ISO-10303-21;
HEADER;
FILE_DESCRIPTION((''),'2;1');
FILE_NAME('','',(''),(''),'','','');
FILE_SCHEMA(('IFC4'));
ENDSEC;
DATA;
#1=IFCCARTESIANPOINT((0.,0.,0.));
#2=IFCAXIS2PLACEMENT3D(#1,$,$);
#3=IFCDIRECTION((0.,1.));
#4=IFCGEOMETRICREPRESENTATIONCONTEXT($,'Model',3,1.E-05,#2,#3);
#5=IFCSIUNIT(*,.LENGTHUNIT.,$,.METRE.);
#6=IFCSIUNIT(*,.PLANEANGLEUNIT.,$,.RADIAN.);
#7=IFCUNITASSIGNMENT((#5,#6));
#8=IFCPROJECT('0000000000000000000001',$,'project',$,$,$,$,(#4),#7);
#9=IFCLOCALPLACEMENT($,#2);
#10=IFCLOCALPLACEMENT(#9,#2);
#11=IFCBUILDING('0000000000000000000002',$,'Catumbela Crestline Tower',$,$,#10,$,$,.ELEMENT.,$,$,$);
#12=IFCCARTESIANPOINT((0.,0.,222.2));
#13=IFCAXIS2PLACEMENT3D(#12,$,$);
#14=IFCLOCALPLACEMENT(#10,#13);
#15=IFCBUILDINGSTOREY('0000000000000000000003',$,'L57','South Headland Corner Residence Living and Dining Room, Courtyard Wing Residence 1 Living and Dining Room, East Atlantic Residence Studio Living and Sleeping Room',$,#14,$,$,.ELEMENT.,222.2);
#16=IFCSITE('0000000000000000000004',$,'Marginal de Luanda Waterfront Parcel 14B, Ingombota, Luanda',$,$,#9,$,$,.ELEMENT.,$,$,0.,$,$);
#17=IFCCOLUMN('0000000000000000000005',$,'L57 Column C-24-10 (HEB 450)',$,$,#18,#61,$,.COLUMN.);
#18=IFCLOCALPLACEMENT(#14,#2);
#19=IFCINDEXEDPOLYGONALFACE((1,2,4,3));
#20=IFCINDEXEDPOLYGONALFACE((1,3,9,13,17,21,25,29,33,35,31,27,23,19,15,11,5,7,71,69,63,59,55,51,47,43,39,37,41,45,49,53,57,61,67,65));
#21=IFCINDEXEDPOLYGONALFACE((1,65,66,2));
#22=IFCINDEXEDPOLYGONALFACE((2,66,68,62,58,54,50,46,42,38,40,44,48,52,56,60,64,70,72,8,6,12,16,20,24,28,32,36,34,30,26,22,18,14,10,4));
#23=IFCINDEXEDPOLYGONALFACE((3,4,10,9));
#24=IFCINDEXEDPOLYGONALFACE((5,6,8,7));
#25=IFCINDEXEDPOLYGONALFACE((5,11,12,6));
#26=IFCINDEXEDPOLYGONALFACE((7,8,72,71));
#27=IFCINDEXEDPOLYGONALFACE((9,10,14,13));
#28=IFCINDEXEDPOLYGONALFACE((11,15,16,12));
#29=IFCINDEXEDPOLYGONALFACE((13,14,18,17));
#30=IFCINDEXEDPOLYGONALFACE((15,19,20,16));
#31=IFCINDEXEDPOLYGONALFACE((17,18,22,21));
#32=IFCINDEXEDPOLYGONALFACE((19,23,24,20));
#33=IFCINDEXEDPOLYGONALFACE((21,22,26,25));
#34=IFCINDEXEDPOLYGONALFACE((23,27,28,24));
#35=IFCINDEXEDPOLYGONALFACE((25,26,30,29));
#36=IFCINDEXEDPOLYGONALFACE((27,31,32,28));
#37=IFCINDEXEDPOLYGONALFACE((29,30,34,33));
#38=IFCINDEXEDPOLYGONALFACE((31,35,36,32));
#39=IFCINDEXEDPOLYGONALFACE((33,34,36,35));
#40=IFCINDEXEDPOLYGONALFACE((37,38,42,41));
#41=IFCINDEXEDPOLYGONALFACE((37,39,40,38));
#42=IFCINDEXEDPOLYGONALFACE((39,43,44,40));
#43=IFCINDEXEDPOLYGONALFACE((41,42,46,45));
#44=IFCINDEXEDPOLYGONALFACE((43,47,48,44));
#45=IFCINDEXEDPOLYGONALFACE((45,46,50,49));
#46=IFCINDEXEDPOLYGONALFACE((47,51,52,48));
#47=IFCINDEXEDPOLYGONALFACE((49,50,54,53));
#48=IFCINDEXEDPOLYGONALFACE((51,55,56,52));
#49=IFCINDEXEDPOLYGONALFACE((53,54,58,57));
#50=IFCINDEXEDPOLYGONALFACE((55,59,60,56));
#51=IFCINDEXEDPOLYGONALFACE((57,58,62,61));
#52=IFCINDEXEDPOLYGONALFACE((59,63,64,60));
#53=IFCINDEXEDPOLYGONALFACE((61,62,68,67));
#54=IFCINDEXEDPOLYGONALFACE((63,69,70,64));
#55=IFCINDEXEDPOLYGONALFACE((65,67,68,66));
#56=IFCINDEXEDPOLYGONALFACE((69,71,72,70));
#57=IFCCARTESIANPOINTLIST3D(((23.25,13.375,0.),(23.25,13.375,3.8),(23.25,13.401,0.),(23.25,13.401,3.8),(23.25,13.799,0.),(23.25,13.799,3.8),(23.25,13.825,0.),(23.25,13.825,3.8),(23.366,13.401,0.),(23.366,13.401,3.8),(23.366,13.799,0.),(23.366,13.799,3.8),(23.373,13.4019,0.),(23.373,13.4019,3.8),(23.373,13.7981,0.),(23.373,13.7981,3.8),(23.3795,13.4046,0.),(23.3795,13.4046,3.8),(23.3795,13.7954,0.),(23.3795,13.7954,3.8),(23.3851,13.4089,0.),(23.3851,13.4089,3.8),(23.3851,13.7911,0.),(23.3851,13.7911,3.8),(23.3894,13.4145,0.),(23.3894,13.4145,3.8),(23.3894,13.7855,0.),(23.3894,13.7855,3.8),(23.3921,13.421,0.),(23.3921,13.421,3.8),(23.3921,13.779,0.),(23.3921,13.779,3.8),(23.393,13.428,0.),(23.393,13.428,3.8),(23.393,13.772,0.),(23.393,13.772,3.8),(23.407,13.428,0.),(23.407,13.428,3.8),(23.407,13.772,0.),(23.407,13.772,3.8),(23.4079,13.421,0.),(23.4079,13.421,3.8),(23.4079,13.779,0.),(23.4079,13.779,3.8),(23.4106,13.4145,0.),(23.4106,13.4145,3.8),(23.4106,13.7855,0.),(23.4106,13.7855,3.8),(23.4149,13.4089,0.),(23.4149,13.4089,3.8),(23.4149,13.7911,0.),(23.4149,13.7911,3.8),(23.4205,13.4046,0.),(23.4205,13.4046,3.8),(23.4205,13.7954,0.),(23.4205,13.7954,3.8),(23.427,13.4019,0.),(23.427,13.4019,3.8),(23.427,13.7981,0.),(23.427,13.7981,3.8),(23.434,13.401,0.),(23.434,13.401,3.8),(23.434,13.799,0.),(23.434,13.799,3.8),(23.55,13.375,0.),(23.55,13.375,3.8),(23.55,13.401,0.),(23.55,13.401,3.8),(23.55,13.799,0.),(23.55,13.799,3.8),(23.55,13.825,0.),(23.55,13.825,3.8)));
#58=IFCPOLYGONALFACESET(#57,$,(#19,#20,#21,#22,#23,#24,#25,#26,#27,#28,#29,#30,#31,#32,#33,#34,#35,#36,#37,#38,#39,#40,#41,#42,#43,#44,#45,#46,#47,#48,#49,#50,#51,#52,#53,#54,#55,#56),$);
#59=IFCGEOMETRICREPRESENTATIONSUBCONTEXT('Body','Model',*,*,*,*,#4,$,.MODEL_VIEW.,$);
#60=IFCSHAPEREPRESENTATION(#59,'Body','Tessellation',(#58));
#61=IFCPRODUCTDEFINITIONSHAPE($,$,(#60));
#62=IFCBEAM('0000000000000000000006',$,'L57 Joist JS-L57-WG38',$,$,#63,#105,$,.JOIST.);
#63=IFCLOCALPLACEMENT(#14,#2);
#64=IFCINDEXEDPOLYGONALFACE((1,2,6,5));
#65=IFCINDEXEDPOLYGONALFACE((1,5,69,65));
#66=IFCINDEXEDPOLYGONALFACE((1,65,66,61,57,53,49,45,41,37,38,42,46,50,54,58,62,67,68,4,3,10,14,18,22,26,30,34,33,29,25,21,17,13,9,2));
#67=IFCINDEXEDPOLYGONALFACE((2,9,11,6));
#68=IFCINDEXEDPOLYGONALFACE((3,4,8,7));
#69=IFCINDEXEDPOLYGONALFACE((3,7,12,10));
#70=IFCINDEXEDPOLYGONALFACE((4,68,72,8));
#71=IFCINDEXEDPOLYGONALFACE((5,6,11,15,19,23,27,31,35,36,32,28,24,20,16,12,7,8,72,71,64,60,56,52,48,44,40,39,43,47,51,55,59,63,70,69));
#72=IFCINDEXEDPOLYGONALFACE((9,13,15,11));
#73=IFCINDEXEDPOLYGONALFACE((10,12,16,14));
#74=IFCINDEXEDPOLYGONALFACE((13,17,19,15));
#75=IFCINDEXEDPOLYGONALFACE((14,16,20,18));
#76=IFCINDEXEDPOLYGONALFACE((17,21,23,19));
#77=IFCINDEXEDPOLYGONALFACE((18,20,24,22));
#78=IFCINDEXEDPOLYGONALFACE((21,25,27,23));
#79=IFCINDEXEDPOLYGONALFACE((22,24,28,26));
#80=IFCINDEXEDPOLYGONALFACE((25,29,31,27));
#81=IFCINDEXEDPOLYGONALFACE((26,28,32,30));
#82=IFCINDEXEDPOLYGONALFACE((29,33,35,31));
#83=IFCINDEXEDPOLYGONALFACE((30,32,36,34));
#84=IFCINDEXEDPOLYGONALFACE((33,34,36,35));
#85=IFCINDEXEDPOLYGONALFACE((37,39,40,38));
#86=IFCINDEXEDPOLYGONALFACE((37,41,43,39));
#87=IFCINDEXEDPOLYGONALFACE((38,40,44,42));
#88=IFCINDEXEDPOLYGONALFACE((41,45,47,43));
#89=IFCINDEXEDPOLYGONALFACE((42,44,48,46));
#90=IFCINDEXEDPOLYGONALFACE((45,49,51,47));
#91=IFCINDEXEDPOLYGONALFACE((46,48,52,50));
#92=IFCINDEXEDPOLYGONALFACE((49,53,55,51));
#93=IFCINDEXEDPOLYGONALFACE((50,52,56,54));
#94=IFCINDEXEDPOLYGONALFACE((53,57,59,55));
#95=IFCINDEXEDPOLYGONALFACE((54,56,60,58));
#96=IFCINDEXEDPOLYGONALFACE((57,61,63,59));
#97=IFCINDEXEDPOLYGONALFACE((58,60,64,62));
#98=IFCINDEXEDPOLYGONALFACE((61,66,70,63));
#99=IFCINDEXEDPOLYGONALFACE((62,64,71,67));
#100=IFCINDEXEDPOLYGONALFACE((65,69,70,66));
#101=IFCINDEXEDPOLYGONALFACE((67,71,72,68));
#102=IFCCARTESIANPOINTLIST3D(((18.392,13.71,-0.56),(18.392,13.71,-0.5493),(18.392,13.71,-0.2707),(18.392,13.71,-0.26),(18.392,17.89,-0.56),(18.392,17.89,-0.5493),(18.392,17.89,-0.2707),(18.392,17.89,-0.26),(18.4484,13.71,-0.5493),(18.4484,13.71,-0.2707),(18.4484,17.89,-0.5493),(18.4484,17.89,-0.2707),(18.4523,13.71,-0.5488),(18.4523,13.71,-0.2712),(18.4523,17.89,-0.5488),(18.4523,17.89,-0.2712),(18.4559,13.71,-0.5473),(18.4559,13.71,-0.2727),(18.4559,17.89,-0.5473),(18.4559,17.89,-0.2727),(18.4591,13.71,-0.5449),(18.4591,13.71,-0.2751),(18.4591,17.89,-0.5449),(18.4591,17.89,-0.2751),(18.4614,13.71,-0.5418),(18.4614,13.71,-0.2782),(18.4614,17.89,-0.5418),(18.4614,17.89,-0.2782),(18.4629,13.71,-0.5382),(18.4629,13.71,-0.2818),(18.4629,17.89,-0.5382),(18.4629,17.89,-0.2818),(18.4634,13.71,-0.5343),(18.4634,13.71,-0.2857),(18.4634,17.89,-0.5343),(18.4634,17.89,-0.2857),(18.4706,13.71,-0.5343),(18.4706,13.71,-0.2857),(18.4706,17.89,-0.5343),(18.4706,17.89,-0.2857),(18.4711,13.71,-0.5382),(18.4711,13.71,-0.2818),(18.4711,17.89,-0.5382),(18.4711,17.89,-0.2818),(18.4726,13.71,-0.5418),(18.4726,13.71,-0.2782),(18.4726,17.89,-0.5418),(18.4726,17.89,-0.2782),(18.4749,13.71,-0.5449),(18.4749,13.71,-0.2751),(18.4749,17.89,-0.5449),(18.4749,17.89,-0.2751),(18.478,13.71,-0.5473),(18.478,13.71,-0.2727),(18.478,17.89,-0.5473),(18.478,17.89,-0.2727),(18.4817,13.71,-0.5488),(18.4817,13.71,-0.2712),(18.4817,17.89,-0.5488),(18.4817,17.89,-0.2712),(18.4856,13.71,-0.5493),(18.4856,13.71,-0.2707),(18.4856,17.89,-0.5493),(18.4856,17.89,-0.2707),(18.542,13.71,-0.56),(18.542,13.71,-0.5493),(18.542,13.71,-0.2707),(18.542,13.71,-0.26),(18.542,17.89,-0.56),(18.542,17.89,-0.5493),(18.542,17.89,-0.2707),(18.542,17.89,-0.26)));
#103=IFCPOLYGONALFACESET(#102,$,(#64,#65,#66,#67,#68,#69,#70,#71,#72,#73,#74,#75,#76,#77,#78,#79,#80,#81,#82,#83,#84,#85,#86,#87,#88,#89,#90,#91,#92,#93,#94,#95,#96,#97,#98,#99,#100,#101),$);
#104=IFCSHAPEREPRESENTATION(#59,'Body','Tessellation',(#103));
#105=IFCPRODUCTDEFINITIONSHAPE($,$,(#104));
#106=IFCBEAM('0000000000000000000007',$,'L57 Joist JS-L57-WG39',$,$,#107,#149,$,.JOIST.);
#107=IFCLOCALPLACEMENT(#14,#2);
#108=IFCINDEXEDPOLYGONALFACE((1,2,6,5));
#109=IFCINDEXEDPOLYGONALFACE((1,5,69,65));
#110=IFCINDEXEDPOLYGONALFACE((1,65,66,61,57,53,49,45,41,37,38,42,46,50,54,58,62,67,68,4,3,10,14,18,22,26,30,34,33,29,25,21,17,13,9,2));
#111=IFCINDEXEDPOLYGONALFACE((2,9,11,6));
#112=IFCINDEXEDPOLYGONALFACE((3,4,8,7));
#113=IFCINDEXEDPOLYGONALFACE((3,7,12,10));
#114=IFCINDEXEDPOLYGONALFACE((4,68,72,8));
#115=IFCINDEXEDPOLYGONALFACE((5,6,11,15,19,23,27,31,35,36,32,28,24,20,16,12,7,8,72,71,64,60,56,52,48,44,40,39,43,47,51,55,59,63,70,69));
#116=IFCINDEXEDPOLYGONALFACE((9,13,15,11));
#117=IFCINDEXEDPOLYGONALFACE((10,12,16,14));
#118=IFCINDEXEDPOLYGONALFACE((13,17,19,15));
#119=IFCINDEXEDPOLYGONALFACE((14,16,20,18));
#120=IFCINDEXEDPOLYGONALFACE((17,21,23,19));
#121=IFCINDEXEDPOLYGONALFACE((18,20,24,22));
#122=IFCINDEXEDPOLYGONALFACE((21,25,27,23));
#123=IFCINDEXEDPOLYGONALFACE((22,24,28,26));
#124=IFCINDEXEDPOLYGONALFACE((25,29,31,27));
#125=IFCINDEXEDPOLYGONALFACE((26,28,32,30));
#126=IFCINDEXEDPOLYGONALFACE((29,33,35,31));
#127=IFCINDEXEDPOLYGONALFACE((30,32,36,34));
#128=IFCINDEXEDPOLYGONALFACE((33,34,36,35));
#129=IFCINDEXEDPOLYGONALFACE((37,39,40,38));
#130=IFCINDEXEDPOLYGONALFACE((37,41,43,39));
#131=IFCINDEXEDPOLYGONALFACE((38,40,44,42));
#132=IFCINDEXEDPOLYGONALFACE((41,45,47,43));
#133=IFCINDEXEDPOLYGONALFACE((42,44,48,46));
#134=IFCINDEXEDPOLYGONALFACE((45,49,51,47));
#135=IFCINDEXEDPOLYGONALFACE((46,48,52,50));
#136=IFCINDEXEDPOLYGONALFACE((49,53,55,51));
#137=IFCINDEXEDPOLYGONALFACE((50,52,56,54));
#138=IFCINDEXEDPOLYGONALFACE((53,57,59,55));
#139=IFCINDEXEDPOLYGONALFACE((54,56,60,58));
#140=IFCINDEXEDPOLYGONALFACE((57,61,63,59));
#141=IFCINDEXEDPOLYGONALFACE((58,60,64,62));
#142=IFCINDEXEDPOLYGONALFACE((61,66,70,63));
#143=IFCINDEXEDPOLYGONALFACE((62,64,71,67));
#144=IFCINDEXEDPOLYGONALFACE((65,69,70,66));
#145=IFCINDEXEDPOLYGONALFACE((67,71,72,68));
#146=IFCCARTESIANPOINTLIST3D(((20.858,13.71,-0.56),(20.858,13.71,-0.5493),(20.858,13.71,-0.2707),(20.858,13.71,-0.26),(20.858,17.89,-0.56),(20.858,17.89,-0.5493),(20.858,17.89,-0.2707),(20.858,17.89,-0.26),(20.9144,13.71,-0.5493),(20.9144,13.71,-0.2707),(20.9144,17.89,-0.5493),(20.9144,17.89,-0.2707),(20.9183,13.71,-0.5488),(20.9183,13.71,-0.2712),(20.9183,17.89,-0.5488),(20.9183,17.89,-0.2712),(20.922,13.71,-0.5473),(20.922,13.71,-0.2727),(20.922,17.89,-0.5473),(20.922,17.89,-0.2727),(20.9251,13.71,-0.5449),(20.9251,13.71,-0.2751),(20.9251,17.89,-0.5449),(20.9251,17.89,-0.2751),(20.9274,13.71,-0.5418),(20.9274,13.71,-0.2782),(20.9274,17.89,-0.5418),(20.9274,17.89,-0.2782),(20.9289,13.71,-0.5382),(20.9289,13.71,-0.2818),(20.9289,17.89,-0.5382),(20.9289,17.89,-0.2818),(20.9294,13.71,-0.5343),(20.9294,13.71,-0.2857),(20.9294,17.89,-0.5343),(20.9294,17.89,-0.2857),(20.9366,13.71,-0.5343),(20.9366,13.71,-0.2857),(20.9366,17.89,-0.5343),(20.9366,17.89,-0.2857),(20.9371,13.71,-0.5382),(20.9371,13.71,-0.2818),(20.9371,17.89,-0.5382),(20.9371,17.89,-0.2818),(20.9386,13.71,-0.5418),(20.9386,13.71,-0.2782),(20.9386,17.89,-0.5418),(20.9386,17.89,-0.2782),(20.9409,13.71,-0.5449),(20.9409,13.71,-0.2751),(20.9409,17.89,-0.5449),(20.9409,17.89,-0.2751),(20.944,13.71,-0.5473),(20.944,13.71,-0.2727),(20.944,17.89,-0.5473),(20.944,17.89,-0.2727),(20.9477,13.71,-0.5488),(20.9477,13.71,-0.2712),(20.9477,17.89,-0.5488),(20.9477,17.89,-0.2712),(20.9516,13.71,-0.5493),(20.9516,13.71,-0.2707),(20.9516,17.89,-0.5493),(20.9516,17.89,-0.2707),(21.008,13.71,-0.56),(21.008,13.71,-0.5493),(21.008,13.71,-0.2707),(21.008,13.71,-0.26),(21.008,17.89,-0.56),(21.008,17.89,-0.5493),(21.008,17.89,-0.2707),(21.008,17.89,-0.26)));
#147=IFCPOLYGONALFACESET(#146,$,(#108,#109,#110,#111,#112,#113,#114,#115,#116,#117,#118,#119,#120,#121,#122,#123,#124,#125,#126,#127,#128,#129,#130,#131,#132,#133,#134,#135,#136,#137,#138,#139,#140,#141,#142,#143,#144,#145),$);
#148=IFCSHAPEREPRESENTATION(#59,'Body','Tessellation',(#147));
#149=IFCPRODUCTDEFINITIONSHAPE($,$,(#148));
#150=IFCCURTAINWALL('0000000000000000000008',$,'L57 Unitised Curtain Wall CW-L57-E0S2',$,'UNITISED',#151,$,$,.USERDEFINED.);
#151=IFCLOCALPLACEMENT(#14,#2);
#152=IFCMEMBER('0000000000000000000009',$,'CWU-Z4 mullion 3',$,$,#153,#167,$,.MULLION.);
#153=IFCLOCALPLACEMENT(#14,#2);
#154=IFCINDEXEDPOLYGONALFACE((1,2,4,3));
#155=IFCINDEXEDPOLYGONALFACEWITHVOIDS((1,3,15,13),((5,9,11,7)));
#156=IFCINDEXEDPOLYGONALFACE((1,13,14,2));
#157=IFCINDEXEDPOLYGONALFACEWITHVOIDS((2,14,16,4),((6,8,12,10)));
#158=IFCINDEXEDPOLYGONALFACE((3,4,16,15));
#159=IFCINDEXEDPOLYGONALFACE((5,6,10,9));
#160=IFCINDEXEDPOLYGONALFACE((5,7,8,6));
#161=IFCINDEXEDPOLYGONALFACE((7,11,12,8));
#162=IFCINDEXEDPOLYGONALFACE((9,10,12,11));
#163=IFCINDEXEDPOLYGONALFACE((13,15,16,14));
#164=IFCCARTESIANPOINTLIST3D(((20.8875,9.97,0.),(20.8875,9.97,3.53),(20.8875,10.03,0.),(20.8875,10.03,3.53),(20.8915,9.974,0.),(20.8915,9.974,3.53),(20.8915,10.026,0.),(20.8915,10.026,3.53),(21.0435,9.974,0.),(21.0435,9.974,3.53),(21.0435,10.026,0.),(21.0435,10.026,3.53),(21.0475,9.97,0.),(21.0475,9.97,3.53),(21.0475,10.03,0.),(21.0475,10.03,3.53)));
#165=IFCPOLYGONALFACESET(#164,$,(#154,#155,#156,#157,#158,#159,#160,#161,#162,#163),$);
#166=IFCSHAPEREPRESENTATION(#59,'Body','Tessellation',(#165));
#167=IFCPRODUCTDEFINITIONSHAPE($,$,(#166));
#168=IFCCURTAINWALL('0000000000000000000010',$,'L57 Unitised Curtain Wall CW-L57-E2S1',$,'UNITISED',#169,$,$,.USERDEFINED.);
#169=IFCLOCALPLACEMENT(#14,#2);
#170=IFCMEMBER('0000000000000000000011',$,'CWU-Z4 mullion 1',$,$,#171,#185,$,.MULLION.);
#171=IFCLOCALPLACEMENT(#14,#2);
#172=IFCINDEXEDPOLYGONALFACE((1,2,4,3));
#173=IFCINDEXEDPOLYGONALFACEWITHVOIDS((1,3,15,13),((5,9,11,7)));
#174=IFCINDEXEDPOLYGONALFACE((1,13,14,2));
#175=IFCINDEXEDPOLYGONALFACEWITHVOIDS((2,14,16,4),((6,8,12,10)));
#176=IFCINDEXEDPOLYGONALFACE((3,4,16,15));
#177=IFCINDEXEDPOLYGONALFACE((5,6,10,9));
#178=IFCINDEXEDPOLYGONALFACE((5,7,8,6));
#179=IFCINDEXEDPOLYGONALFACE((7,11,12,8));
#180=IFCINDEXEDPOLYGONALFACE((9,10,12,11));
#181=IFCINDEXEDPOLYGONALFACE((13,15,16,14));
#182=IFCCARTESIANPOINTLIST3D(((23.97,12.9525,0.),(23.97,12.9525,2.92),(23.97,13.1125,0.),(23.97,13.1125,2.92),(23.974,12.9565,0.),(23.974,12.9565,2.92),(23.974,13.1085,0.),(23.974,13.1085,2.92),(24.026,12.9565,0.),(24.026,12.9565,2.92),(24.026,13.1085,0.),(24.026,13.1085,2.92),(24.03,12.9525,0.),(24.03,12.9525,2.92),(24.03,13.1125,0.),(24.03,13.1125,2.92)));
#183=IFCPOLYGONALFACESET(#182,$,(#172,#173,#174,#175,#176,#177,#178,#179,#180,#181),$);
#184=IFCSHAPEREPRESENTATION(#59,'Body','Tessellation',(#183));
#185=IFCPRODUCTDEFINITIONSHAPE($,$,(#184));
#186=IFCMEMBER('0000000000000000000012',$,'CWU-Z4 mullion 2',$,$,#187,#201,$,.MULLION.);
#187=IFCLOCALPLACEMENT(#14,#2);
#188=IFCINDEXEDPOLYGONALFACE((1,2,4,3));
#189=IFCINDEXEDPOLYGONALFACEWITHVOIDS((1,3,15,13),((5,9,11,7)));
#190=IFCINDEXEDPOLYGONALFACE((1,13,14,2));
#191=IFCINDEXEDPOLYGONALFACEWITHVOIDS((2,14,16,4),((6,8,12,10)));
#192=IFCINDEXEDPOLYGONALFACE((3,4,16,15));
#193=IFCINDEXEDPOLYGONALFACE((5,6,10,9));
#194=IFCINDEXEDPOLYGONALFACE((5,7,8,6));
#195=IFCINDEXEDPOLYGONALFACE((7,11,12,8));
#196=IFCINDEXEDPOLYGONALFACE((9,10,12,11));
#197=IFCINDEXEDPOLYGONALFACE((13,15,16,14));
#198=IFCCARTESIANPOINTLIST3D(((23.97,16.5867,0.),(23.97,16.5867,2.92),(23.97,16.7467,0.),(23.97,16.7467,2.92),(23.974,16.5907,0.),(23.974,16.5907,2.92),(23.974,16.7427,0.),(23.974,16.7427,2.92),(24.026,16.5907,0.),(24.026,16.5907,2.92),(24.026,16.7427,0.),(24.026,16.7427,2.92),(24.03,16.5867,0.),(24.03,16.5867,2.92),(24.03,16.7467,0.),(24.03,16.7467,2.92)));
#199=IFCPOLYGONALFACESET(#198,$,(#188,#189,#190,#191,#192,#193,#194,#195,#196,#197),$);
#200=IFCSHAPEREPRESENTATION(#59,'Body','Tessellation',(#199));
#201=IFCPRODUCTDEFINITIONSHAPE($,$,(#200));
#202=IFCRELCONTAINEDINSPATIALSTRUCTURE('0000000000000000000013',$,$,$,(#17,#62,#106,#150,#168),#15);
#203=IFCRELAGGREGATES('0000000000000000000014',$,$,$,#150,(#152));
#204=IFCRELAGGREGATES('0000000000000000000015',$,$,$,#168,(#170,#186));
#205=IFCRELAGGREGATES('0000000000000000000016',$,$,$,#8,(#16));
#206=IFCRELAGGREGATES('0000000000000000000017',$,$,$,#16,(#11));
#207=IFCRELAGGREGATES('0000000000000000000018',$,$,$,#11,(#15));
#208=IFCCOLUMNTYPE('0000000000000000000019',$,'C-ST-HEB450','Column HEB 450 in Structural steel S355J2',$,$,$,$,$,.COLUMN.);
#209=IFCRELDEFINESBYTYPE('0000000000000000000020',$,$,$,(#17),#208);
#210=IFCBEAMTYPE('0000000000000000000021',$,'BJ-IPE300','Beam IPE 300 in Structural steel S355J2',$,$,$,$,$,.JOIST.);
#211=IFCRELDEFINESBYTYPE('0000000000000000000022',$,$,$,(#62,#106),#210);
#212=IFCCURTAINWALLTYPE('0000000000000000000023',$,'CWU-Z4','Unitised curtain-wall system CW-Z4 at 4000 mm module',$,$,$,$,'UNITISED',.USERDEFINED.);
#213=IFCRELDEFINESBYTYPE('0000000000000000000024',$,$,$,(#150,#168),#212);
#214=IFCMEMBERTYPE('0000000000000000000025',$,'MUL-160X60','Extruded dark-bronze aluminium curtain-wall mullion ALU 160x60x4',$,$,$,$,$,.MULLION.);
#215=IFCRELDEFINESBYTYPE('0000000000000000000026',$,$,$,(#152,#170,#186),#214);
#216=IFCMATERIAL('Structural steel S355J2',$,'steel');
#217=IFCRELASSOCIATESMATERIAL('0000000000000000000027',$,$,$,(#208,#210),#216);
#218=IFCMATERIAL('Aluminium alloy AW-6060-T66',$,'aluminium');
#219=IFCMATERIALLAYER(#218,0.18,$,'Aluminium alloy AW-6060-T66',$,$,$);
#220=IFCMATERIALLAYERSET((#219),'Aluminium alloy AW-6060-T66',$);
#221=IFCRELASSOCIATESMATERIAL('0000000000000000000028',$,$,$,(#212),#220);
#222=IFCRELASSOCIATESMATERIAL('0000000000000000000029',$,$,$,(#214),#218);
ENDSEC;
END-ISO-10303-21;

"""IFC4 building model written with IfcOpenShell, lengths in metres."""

from ifc_helpers import new_model, si_unit, direction, frame, origin, origin_2d, place, context, subcontext, project, spatial, hollow_rectangle, i_section, extrude, material, layer, layer_set, material_profile, profile_set, type_object, element, aggregate, save


model = new_model("IFC4")

# Units and contexts
model_context = context("Model", 3, precision=1e-05, world=origin(), true_north=direction((0.0, 1.0)))
body_context = subcontext(model_context, "Body", "Model", "MODEL_VIEW")
ifc_project = project(units=[si_unit("LENGTHUNIT", "METRE"), si_unit("PLANEANGLEUNIT", "RADIAN")], contexts=[model_context])

# Site, building, storey
site_placement = place(None, origin())
site = spatial("IfcSite", under=ifc_project, at=site_placement, Name="Marginal de Luanda Waterfront Parcel 14B, Ingombota, Luanda", CompositionType="ELEMENT", RefElevation=0.0)
building_placement = place(site_placement, origin())
building = spatial("IfcBuilding", under=site, at=building_placement, Name="Catumbela Crestline Tower", CompositionType="ELEMENT")
storey_placement = place(building_placement, frame((0.0, 0.0, 222.2)))
storey = spatial("IfcBuildingStorey", under=building, at=storey_placement, Name="L57", Description="South Headland Corner Residence Living and Dining Room, Courtyard Wing Residence 1 Living and Dining Room, East Atlantic Residence Studio Living and Sleeping Room", CompositionType="ELEMENT", Elevation=222.2)

# Column
ifc_material_1 = material(Name="Structural steel S355J2", Category="steel")
ifc_material_profile_1 = material_profile(ifc_material_1, i_section(OverallWidth=0.3, OverallDepth=0.45, WebThickness=0.014, FlangeThickness=0.026, FilletRadius=0.027, at=origin_2d()), Name="HEB 450")
ifc_profile_set_1 = profile_set([ifc_material_profile_1], Name="Structural steel S355J2")
column_type = type_object("IfcColumnType", Name="C-ST-HEB450", Description="Column HEB 450 in Structural steel S355J2", PredefinedType="COLUMN", material=ifc_profile_set_1)
column_placement = place(storey_placement, frame((23.4, 13.6, 0.0), z_axis=(0.0, 0.0, 1.0), x_axis=(1.0, 0.0, 0.0)))
element("IfcColumn", 1, at=column_placement, inside=storey, type_object=column_type, Name="L57 Column C-24-10 (HEB 450)", PredefinedType="COLUMN", context=body_context, shape_type="SweptSolid", body=[
    extrude(i_section(OverallWidth=0.3, OverallDepth=0.45, WebThickness=0.014, FlangeThickness=0.026, FilletRadius=0.027, at=origin_2d()), origin(), (0.0, 0.0, 1.0), 3.8),
])

# Beams
ifc_material_profile_2 = material_profile(ifc_material_1, i_section(OverallWidth=0.15, OverallDepth=0.3, WebThickness=0.0071, FlangeThickness=0.0107, FilletRadius=0.015, at=origin_2d()), Name="IPE 300")
ifc_profile_set_2 = profile_set([ifc_material_profile_2], Name="Structural steel S355J2")
beam_type_1 = type_object("IfcBeamType", Name="BJ-IPE300", Description="Beam IPE 300 in Structural steel S355J2", PredefinedType="JOIST", material=ifc_profile_set_2)
for number, where, z_axis, x_axis, name in (
    (2, (18.467, 13.71, -0.41), (0.0, 1.0, 0.0), (-1.0, 0.0, 0.0), "L57 Joist JS-L57-WG38"),
    (3, (20.933, 13.71, -0.41), (0.0, 1.0, 0.0), (-1.0, 0.0, 0.0), "L57 Joist JS-L57-WG39"),
):
    element("IfcBeam", number, at=place(storey_placement, frame(where, z_axis=z_axis, x_axis=x_axis)), inside=storey, type_object=beam_type_1, Name=name, PredefinedType="JOIST", context=body_context, shape_type="SweptSolid", body=[
        extrude(i_section(OverallWidth=0.15, OverallDepth=0.3, WebThickness=0.0071, FlangeThickness=0.0107, FilletRadius=0.015, at=origin_2d()), origin(), (0.0, 0.0, 1.0), 4.18),
    ])

# Curtain wall, member
ifc_material_2 = material(Name="Aluminium alloy AW-6060-T66", Category="aluminium")
ifc_layer_1 = layer(ifc_material_2, 0.18, Name="Aluminium alloy AW-6060-T66")
ifc_layer_set_1 = layer_set([ifc_layer_1], Name="Aluminium alloy AW-6060-T66")
curtain_wall_type = type_object("IfcCurtainWallType", Name="CWU-Z4", Description="Unitised curtain-wall system CW-Z4 at 4000 mm module", ElementType="UNITISED", PredefinedType="USERDEFINED", material=ifc_layer_set_1)
curtain_wall_1_placement = place(storey_placement, origin())
curtain_wall_1 = element("IfcCurtainWall", 4, at=curtain_wall_1_placement, inside=storey, type_object=curtain_wall_type, Name="L57 Unitised Curtain Wall CW-L57-E0S2", ObjectType="UNITISED", PredefinedType="USERDEFINED")
ifc_material_profile_3 = material_profile(ifc_material_2, hollow_rectangle(XDim=0.06, YDim=0.16, WallThickness=0.004, at=origin_2d()), Name="ALU 160x60x4")
ifc_profile_set_3 = profile_set([ifc_material_profile_3], Name="Aluminium alloy AW-6060-T66")
member_type_1 = type_object("IfcMemberType", Name="MUL-160X60", Description="Extruded dark-bronze aluminium curtain-wall mullion ALU 160x60x4", PredefinedType="MULLION", material=ifc_profile_set_3)
member_1_placement = place(storey_placement, frame((20.9675, 10.0, 0.0), z_axis=(0.0, 0.0, 1.0), x_axis=(0.0, 1.0, 0.0)))
member_1 = element("IfcMember", 5, at=member_1_placement, type_object=member_type_1, Name="CWU-Z4 mullion 3", PredefinedType="MULLION", context=body_context, shape_type="SweptSolid", body=[
    extrude(hollow_rectangle(XDim=0.06, YDim=0.16, WallThickness=0.004, at=origin_2d()), origin(), (0.0, 0.0, 1.0), 3.53),
])

# Curtain wall, members
curtain_wall_2_placement = place(storey_placement, origin())
curtain_wall_2 = element("IfcCurtainWall", 6, at=curtain_wall_2_placement, inside=storey, type_object=curtain_wall_type, Name="L57 Unitised Curtain Wall CW-L57-E2S1", ObjectType="UNITISED", PredefinedType="USERDEFINED")
member_2_placement = place(storey_placement, frame((24.0, 13.0325, 0.0), z_axis=(0.0, 0.0, 1.0), x_axis=(-1.0, 0.0, 0.0)))
member_2 = element("IfcMember", 7, at=member_2_placement, type_object=member_type_1, Name="CWU-Z4 mullion 1", PredefinedType="MULLION", context=body_context, shape_type="SweptSolid", body=[
    extrude(hollow_rectangle(XDim=0.06, YDim=0.16, WallThickness=0.004, at=origin_2d()), origin(), (0.0, 0.0, 1.0), 2.92),
])
member_3_placement = place(storey_placement, frame((24.0, 16.6667, 0.0), z_axis=(0.0, 0.0, 1.0), x_axis=(-1.0, 0.0, 0.0)))
member_3 = element("IfcMember", 8, at=member_3_placement, type_object=member_type_1, Name="CWU-Z4 mullion 2", PredefinedType="MULLION", context=body_context, shape_type="SweptSolid", body=[
    extrude(hollow_rectangle(XDim=0.06, YDim=0.16, WallThickness=0.004, at=origin_2d()), origin(), (0.0, 0.0, 1.0), 2.92),
])

aggregate(curtain_wall_1, [member_1])
aggregate(curtain_wall_2, [member_2, member_3])

save(model, "model.ifc")
